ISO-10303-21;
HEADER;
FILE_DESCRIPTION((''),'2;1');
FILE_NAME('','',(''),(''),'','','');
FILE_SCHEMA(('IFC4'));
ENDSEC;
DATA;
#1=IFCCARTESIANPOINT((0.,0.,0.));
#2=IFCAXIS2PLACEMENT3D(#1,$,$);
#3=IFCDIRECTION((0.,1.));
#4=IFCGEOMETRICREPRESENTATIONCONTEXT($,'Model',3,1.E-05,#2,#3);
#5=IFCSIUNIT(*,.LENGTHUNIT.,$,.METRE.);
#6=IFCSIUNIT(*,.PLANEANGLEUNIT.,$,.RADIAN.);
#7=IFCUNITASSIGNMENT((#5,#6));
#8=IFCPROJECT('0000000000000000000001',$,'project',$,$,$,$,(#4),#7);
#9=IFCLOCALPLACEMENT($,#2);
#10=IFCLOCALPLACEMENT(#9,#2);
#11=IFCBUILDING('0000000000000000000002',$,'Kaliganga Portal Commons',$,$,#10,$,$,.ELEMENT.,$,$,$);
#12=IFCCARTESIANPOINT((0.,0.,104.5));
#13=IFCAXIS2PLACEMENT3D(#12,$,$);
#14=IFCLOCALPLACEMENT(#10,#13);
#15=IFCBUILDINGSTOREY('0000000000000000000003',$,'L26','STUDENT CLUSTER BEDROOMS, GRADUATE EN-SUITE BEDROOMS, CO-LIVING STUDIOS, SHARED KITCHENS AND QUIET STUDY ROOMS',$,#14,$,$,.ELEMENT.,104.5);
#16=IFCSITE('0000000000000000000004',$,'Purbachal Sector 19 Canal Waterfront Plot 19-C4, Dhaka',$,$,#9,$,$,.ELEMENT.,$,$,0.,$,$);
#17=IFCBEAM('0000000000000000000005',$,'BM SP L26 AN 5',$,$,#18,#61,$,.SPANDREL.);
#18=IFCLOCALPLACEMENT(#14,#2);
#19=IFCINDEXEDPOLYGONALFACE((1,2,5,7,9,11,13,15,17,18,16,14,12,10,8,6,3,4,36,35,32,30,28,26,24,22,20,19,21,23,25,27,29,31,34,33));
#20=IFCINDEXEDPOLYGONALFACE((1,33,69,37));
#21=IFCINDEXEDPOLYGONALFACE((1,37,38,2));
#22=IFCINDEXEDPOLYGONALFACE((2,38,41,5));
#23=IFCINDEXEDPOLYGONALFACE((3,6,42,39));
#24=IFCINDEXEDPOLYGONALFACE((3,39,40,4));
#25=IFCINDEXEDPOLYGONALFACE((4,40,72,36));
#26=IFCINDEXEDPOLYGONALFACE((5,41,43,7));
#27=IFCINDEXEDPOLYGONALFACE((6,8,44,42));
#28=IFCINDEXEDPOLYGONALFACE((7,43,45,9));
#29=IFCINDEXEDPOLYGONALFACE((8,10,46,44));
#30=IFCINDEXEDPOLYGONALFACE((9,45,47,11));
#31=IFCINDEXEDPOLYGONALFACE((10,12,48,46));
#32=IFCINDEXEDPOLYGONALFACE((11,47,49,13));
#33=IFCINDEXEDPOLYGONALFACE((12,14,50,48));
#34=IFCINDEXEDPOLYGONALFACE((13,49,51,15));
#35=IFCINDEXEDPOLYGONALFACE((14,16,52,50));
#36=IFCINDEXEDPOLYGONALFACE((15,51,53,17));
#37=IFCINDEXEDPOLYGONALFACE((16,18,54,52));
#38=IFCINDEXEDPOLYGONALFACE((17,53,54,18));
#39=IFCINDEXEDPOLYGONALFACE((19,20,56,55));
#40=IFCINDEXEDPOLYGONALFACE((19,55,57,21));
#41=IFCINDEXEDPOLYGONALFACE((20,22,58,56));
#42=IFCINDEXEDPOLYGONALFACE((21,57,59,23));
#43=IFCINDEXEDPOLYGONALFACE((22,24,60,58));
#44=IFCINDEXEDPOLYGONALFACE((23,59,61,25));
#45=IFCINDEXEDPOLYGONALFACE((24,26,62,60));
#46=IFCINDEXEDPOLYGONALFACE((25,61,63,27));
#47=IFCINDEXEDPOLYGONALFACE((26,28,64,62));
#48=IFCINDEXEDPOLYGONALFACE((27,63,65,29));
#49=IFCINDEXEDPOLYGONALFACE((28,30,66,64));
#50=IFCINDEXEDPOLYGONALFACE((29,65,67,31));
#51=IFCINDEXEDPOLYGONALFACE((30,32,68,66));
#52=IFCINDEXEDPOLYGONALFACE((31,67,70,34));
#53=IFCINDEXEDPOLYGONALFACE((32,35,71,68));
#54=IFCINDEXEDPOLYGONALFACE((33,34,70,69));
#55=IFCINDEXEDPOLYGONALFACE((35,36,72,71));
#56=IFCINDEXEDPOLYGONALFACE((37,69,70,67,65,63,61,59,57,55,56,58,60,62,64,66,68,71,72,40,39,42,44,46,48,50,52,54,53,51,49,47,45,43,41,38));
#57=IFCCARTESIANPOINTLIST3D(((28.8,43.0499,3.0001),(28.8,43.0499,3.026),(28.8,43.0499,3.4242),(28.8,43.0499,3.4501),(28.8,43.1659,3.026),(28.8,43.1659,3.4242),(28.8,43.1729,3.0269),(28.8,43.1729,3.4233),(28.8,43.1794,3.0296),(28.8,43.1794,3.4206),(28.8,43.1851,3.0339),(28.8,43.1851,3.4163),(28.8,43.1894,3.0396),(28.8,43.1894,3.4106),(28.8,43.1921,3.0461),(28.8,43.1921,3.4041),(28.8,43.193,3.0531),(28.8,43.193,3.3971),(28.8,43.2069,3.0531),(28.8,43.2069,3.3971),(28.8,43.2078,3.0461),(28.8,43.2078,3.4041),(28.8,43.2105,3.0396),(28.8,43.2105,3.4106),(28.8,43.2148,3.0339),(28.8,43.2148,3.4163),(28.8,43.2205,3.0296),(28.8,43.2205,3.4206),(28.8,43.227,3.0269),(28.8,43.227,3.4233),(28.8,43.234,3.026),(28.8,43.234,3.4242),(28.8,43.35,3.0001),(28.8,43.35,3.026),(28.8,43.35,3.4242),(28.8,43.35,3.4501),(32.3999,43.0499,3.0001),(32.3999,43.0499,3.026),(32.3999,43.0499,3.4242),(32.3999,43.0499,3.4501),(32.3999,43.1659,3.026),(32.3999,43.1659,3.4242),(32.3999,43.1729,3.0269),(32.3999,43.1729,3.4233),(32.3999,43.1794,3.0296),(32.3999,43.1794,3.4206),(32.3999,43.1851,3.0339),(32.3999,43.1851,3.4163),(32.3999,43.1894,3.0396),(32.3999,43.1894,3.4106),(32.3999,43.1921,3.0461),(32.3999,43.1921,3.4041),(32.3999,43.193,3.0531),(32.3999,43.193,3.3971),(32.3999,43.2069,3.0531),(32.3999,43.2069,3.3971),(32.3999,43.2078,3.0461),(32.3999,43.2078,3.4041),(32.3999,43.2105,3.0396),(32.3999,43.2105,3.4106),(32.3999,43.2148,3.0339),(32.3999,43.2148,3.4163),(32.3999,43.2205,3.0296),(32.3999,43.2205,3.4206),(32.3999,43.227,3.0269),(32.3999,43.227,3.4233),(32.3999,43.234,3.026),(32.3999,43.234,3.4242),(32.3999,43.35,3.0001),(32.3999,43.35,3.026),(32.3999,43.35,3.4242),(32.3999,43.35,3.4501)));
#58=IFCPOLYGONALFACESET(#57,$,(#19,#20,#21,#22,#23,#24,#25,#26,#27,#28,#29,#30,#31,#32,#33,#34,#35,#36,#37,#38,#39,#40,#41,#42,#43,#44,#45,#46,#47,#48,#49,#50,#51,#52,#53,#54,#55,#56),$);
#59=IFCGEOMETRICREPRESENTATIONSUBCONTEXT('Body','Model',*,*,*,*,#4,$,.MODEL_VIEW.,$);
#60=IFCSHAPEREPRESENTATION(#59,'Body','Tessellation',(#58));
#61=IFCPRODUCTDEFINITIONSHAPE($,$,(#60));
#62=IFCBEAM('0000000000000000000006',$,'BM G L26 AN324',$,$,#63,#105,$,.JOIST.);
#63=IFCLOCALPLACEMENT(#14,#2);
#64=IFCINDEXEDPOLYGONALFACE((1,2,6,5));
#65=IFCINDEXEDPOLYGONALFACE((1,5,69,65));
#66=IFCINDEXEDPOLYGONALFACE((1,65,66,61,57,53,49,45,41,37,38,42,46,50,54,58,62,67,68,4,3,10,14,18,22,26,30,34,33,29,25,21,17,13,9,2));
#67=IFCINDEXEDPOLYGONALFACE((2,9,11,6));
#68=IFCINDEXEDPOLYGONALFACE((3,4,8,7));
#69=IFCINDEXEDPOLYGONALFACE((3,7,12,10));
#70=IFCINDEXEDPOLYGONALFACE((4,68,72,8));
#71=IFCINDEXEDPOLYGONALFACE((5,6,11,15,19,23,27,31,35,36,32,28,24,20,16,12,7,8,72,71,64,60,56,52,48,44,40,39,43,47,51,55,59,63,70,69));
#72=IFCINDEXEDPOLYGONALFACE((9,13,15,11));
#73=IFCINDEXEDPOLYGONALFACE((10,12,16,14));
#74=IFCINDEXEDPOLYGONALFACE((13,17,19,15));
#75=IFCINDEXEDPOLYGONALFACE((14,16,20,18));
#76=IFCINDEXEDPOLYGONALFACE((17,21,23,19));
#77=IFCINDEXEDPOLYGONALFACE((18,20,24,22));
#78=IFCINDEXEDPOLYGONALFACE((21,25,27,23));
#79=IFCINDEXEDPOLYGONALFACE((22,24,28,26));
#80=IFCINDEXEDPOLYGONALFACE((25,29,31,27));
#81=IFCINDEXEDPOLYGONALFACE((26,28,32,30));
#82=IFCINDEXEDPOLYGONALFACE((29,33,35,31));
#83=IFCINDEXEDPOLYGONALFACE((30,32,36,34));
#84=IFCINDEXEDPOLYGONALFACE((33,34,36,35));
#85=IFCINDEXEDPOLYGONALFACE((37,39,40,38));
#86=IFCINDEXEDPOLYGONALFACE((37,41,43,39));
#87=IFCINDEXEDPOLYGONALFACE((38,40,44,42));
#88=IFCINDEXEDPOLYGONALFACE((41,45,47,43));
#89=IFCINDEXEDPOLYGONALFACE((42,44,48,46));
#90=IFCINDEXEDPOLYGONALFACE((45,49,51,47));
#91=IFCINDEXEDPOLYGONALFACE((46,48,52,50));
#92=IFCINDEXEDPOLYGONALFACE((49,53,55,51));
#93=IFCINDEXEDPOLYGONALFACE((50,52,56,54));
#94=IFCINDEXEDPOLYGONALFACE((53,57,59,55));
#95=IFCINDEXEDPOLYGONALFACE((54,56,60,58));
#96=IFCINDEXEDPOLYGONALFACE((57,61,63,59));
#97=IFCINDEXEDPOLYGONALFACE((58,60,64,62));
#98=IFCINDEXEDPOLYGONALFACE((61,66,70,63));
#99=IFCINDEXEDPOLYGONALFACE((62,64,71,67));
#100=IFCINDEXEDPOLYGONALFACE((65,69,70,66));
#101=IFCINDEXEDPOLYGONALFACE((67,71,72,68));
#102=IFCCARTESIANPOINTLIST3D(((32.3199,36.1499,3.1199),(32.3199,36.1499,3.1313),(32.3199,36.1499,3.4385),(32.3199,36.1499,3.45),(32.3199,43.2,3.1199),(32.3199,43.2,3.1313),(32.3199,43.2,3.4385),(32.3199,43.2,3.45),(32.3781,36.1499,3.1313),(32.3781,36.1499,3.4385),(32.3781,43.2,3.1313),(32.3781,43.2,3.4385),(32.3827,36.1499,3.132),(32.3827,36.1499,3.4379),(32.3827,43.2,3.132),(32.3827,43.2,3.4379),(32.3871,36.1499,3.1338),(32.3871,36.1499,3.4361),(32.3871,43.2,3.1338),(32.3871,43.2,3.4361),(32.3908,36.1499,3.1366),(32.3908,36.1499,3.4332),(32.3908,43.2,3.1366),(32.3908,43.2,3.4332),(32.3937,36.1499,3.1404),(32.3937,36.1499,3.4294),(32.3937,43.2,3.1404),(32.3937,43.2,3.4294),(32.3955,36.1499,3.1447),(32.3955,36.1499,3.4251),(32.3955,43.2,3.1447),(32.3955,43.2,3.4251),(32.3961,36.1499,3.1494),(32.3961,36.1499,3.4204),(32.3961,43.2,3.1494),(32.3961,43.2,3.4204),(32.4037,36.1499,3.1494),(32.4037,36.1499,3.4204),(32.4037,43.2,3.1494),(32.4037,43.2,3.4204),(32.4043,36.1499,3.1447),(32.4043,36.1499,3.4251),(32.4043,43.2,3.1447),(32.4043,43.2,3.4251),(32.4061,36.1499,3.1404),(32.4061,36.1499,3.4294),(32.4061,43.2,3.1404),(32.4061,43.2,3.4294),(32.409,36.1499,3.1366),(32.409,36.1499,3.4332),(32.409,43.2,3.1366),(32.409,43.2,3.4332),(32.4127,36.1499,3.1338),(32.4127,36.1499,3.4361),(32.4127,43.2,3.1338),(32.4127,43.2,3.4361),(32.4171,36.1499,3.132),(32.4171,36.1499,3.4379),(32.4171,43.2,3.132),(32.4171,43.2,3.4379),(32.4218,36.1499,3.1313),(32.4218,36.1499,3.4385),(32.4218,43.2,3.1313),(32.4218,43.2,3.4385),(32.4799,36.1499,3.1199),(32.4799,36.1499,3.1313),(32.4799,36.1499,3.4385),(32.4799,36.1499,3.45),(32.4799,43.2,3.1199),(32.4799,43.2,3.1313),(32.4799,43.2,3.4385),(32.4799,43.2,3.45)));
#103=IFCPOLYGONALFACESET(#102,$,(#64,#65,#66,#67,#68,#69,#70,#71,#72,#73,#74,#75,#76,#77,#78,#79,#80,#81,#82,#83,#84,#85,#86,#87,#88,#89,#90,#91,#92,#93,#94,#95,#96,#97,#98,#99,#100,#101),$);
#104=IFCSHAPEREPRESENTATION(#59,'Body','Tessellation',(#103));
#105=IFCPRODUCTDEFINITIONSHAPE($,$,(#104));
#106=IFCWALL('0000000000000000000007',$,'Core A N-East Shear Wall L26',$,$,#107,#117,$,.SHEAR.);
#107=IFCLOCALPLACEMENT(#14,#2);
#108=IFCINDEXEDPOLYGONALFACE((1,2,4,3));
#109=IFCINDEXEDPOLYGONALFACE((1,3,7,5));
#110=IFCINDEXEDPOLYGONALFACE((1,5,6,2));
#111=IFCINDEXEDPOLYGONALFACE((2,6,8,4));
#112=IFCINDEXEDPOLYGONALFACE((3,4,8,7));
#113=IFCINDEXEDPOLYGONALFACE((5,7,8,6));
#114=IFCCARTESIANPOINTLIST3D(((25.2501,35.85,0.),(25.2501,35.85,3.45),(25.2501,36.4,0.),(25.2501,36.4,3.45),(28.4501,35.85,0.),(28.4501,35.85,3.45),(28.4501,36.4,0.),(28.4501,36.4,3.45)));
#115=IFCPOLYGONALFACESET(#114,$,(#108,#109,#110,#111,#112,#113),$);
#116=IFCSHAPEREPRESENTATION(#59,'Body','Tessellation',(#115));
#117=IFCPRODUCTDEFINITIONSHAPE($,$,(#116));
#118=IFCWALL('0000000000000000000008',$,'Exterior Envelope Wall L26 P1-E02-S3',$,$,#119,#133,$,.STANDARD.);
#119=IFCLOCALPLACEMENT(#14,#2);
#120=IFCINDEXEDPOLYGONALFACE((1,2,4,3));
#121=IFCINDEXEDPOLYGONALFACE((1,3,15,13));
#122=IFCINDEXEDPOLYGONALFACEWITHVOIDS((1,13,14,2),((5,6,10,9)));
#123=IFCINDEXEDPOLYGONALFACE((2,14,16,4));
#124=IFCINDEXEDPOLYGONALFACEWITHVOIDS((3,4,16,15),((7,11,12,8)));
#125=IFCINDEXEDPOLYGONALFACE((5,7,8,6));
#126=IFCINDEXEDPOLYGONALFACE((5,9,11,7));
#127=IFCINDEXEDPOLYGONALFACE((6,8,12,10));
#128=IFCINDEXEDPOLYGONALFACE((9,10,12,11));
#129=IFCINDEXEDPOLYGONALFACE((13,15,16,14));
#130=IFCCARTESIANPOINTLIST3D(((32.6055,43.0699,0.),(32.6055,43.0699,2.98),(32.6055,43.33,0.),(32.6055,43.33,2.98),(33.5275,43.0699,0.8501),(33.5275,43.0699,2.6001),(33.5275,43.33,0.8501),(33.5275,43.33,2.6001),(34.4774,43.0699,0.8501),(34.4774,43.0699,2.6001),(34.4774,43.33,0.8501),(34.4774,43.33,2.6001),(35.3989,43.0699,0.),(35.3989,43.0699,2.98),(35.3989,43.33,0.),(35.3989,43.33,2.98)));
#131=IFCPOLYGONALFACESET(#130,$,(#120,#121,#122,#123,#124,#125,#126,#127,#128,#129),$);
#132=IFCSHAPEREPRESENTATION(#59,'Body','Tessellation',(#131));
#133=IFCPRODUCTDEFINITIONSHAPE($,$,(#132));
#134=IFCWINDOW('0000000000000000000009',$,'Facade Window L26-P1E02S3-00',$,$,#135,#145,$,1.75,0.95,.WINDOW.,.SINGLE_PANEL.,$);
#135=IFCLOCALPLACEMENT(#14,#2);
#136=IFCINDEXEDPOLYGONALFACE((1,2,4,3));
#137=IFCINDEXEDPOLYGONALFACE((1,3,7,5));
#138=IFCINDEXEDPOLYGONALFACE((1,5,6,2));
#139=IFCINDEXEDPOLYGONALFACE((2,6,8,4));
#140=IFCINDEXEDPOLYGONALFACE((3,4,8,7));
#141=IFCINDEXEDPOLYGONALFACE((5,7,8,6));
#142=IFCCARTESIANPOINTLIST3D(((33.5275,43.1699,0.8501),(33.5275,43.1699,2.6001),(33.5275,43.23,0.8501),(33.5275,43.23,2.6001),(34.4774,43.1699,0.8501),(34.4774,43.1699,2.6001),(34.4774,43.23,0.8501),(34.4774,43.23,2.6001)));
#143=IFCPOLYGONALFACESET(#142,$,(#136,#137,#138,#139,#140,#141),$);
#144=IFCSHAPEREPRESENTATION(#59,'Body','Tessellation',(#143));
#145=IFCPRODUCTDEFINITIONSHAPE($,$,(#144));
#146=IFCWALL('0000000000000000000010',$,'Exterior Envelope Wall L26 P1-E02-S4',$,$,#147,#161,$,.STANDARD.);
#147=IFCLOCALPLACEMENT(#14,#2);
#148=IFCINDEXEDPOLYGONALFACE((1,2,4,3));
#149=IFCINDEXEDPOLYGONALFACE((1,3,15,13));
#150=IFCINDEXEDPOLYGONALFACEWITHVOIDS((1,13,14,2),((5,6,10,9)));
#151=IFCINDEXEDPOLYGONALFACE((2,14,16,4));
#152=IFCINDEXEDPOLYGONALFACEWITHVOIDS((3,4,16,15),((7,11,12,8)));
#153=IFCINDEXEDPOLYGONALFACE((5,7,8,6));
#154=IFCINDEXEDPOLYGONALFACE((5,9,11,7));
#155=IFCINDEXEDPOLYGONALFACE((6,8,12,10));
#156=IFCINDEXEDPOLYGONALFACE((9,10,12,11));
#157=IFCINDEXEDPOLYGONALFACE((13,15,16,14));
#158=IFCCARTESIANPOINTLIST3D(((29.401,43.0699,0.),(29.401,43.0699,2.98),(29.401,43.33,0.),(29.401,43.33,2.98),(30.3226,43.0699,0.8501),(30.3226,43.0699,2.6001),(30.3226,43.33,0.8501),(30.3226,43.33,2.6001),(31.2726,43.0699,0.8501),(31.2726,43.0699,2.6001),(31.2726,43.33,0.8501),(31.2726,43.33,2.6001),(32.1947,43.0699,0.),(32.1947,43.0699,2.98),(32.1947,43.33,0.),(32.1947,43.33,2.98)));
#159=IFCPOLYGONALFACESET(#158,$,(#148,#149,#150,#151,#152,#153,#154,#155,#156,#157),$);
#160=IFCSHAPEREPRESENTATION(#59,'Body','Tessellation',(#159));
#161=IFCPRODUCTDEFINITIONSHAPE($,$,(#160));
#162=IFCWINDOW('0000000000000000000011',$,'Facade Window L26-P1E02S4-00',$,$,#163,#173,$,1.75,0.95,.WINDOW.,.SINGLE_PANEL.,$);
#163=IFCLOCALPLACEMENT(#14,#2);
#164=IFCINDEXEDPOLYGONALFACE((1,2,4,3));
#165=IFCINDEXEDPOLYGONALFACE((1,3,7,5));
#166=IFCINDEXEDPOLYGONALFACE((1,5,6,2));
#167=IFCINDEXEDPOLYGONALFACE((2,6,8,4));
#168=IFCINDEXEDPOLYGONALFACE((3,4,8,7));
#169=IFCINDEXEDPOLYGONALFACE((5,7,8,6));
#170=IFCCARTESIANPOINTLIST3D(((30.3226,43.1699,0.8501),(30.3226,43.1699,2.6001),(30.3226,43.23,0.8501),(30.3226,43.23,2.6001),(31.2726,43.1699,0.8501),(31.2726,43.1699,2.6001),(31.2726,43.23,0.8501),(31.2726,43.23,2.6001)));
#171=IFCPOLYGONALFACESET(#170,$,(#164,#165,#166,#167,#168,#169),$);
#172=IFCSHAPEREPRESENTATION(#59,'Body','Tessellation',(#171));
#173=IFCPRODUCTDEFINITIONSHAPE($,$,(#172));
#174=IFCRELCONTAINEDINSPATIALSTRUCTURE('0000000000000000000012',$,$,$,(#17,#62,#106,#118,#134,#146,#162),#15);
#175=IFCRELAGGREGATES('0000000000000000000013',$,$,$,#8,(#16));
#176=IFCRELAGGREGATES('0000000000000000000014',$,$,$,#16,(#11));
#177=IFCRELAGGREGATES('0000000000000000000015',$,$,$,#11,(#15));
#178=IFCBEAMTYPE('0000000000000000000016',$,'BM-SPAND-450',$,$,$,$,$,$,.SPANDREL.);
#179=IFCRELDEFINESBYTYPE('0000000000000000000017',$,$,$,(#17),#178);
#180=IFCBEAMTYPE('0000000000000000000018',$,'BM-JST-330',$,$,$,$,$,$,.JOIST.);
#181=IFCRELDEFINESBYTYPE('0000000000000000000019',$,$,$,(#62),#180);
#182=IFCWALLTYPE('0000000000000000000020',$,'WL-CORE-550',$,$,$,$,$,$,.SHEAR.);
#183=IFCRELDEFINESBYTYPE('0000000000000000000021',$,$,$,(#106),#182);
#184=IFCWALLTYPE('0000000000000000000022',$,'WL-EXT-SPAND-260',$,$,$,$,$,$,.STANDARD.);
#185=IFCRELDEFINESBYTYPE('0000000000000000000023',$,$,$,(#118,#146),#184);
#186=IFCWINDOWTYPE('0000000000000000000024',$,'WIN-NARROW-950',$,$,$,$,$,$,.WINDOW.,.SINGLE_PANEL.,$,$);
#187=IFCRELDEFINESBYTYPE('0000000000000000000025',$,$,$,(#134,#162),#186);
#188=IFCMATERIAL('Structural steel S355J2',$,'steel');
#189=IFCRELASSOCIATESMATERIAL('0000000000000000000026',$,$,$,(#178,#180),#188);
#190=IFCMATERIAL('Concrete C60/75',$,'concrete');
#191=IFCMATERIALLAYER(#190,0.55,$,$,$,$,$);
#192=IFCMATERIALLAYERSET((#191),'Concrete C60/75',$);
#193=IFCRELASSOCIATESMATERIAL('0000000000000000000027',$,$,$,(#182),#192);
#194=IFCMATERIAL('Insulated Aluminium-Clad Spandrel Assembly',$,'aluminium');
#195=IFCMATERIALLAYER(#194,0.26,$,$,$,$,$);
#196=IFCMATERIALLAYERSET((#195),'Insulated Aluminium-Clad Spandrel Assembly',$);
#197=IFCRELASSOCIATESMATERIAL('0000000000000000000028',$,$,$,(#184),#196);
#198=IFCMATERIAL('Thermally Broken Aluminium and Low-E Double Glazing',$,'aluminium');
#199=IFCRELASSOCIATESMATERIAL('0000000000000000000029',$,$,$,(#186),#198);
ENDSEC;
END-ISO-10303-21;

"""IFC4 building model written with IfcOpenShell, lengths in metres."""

from ifc_helpers import new_model, si_unit, direction, frame, frame_2d, origin, origin_2d, place, context, subcontext, project, spatial, rectangle, i_section, extrude, source, transform, mapped, material, layer, layer_set, material_profile, profile_set, type_object, element, fill, save


model = new_model("IFC4")

# Units and contexts
model_context = context("Model", 3, precision=1e-05, world=origin(), true_north=direction((0.0, 1.0)))
body_context = subcontext(model_context, "Body", "Model", "MODEL_VIEW")
ifc_project = project(units=[si_unit("LENGTHUNIT", "METRE"), si_unit("PLANEANGLEUNIT", "RADIAN")], contexts=[model_context])

# Site, building, storey
site_placement = place(None, origin())
site = spatial("IfcSite", under=ifc_project, at=site_placement, Name="Purbachal Sector 19 Canal Waterfront Plot 19-C4, Dhaka", CompositionType="ELEMENT", RefElevation=0.0)
building_placement = place(site_placement, origin())
building = spatial("IfcBuilding", under=site, at=building_placement, Name="Kaliganga Portal Commons", CompositionType="ELEMENT")
storey_placement = place(building_placement, frame((0.0, 0.0, 104.5)))
storey = spatial("IfcBuildingStorey", under=building, at=storey_placement, Name="L26", Description="STUDENT CLUSTER BEDROOMS, GRADUATE EN-SUITE BEDROOMS, CO-LIVING STUDIOS, SHARED KITCHENS AND QUIET STUDY ROOMS", CompositionType="ELEMENT", Elevation=104.5)

# Shared definitions
ifc_material_1 = material(Name="Concrete C60/75", Category="concrete")

# Beams
ifc_material_2 = material(Name="Structural steel S355J2", Category="steel")
ifc_material_profile_1 = material_profile(ifc_material_2, i_section(OverallWidth=0.3, OverallDepth=0.45, WebThickness=0.0139, FlangeThickness=0.0259, FilletRadius=0.0271, at=origin_2d()), Name="HE 450 B")
ifc_profile_set_1 = profile_set([ifc_material_profile_1], Name="Structural steel S355J2 wide-flange")
beam_type_1 = type_object("IfcBeamType", Name="BM-SPAND-450", PredefinedType="SPANDREL", material=ifc_profile_set_1)
shared_shape_1 = source(origin(), body_context, "Body", "SweptSolid", [
    extrude(i_section(OverallWidth=0.3, OverallDepth=0.45, WebThickness=0.0139, FlangeThickness=0.0259, FilletRadius=0.0271, at=origin_2d()), origin(), (0.0, 0.0, 1.0), 3.5999),
])
for number, where, z_axis, x_axis, name in (
    (1, (28.8, 43.2, 3.2251), (1.0, 0.0, 0.0), (0.0, 1.0, 0.0), "BM SP L26 AN 5"),
):
    element("IfcBeam", number, at=place(storey_placement, frame(where, z_axis=z_axis, x_axis=x_axis)), inside=storey, type_object=beam_type_1, Name=name, PredefinedType="SPANDREL", context=body_context, shape_type="MappedRepresentation", body=[
        mapped(shared_shape_1, transform((0.0, 0.0, 0.0), x_axis=(1.0, 0.0, 0.0), y_axis=(0.0, 1.0, 0.0), z_axis=(0.0, 0.0, 1.0), scale=1.0)),
    ])
ifc_material_profile_2 = material_profile(ifc_material_2, i_section(OverallWidth=0.1599, OverallDepth=0.3301, WebThickness=0.0076, FlangeThickness=0.0115, FilletRadius=0.0181, at=origin_2d()), Name="IPE 330")
ifc_profile_set_2 = profile_set([ifc_material_profile_2], Name="Structural steel S355J2 wide-flange")
beam_type_2 = type_object("IfcBeamType", Name="BM-JST-330", PredefinedType="JOIST", material=ifc_profile_set_2)
shared_shape_2 = source(origin(), body_context, "Body", "SweptSolid", [
    extrude(i_section(OverallWidth=0.1599, OverallDepth=0.3301, WebThickness=0.0076, FlangeThickness=0.0115, FilletRadius=0.0181, at=origin_2d()), origin(), (0.0, 0.0, 1.0), 7.05),
])
beam_1_placement = place(storey_placement, frame((32.3999, 36.1499, 3.2849), z_axis=(0.0, 1.0, 0.0), x_axis=(-1.0, 0.0, 0.0)))
element("IfcBeam", 2, at=beam_1_placement, inside=storey, type_object=beam_type_2, Name="BM G L26 AN324", PredefinedType="JOIST", context=body_context, shape_type="MappedRepresentation", body=[
    mapped(shared_shape_2, transform((0.0, 0.0, 0.0), x_axis=(1.0, 0.0, 0.0), y_axis=(0.0, 1.0, 0.0), z_axis=(0.0, 0.0, 1.0), scale=1.0)),
])

# Wall
ifc_layer_1 = layer(ifc_material_1, 0.55)
ifc_layer_set_1 = layer_set([ifc_layer_1], Name="Concrete C60/75")
wall_type_1 = type_object("IfcWallType", Name="WL-CORE-550", PredefinedType="SHEAR", material=ifc_layer_set_1)
wall_1_placement = place(storey_placement, frame((25.25, 36.125, 0.0), z_axis=(0.0, 0.0, 1.0), x_axis=(1.0, 0.0, 0.0)))
element("IfcWall", 3, at=wall_1_placement, inside=storey, type_object=wall_type_1, Name="Core A N-East Shear Wall L26", PredefinedType="SHEAR", context=body_context, shape_type="SweptSolid", body=[
    extrude(rectangle(XDim=3.2, YDim=0.55, at=frame_2d((1.6001, 0.0))), origin(), (0.0, 0.0, 1.0), 3.45),
])

# Walls, openings, windows
ifc_material_3 = material(Name="Insulated Aluminium-Clad Spandrel Assembly", Category="aluminium")
ifc_layer_2 = layer(ifc_material_3, 0.26)
ifc_layer_set_2 = layer_set([ifc_layer_2], Name="Insulated Aluminium-Clad Spandrel Assembly")
wall_type_2 = type_object("IfcWallType", Name="WL-EXT-SPAND-260", PredefinedType="STANDARD", material=ifc_layer_set_2)
wall_2_placement = place(storey_placement, frame((32.6055, 43.2, 0.0), z_axis=(0.0, 0.0, 1.0), x_axis=(1.0, 0.0, 0.0)))
wall_2 = element("IfcWall", 4, at=wall_2_placement, inside=storey, type_object=wall_type_2, Name="Exterior Envelope Wall L26 P1-E02-S3", PredefinedType="STANDARD", context=body_context, shape_type="SweptSolid", body=[
    extrude(rectangle(XDim=2.7935, YDim=0.26, at=frame_2d((1.3967, 0.0))), origin(), (0.0, 0.0, 1.0), 2.98),
])
opening_1_placement = place(wall_2_placement, frame((0.9219, 0.0, 0.8501)))
opening_1 = element("IfcOpeningElement", 5, at=opening_1_placement, cuts=wall_2, PredefinedType="OPENING", context=body_context, shape_type="SweptSolid", body=[
    extrude(rectangle(XDim=0.95, YDim=1.75, at=frame_2d((0.4751, 0.875))), frame((0.0, 0.1401, 0.0), z_axis=(0.0, -1.0, 0.0), x_axis=(1.0, 0.0, 0.0)), (0.0, 0.0, 1.0), 0.28),
])
ifc_material_4 = material(Name="Thermally Broken Aluminium and Low-E Double Glazing", Category="aluminium")
window_type = type_object("IfcWindowType", Name="WIN-NARROW-950", PartitioningType="SINGLE_PANEL", PredefinedType="WINDOW", material=ifc_material_4)
window_1_placement = place(opening_1_placement, origin())
window_1 = element("IfcWindow", 6, at=window_1_placement, inside=storey, type_object=window_type, Name="Facade Window L26-P1E02S3-00", OverallHeight=1.75, OverallWidth=0.95, PartitioningType="SINGLE_PANEL", PredefinedType="WINDOW", context=body_context, shape_type="SweptSolid", body=[
    extrude(rectangle(XDim=0.95, YDim=1.75, at=frame_2d((0.4751, 0.875))), frame((0.0, 0.03, 0.0), z_axis=(0.0, -1.0, 0.0), x_axis=(1.0, 0.0, 0.0)), (0.0, 0.0, 1.0), 0.0601),
])
fill(opening_1, window_1)
wall_3_placement = place(storey_placement, frame((29.4009, 43.2, 0.0), z_axis=(0.0, 0.0, 1.0), x_axis=(1.0, 0.0, 0.0)))
wall_3 = element("IfcWall", 7, at=wall_3_placement, inside=storey, type_object=wall_type_2, Name="Exterior Envelope Wall L26 P1-E02-S4", PredefinedType="STANDARD", context=body_context, shape_type="SweptSolid", body=[
    extrude(rectangle(XDim=2.7937, YDim=0.26, at=frame_2d((1.397, 0.0))), origin(), (0.0, 0.0, 1.0), 2.98),
])
opening_2_placement = place(wall_3_placement, frame((0.9216, 0.0, 0.8501)))
opening_2 = element("IfcOpeningElement", 8, at=opening_2_placement, cuts=wall_3, PredefinedType="OPENING", context=body_context, shape_type="SweptSolid", body=[
    extrude(rectangle(XDim=0.95, YDim=1.75, at=frame_2d((0.4751, 0.875))), frame((0.0, 0.1401, 0.0), z_axis=(0.0, -1.0, 0.0), x_axis=(1.0, 0.0, 0.0)), (0.0, 0.0, 1.0), 0.28),
])
window_2_placement = place(opening_2_placement, origin())
window_2 = element("IfcWindow", 9, at=window_2_placement, inside=storey, type_object=window_type, Name="Facade Window L26-P1E02S4-00", OverallHeight=1.75, OverallWidth=0.95, PartitioningType="SINGLE_PANEL", PredefinedType="WINDOW", context=body_context, shape_type="SweptSolid", body=[
    extrude(rectangle(XDim=0.95, YDim=1.75, at=frame_2d((0.4751, 0.875))), frame((0.0, 0.03, 0.0), z_axis=(0.0, -1.0, 0.0), x_axis=(1.0, 0.0, 0.0)), (0.0, 0.0, 1.0), 0.0601),
])
fill(opening_2, window_2)

save(model, "model.ifc")
